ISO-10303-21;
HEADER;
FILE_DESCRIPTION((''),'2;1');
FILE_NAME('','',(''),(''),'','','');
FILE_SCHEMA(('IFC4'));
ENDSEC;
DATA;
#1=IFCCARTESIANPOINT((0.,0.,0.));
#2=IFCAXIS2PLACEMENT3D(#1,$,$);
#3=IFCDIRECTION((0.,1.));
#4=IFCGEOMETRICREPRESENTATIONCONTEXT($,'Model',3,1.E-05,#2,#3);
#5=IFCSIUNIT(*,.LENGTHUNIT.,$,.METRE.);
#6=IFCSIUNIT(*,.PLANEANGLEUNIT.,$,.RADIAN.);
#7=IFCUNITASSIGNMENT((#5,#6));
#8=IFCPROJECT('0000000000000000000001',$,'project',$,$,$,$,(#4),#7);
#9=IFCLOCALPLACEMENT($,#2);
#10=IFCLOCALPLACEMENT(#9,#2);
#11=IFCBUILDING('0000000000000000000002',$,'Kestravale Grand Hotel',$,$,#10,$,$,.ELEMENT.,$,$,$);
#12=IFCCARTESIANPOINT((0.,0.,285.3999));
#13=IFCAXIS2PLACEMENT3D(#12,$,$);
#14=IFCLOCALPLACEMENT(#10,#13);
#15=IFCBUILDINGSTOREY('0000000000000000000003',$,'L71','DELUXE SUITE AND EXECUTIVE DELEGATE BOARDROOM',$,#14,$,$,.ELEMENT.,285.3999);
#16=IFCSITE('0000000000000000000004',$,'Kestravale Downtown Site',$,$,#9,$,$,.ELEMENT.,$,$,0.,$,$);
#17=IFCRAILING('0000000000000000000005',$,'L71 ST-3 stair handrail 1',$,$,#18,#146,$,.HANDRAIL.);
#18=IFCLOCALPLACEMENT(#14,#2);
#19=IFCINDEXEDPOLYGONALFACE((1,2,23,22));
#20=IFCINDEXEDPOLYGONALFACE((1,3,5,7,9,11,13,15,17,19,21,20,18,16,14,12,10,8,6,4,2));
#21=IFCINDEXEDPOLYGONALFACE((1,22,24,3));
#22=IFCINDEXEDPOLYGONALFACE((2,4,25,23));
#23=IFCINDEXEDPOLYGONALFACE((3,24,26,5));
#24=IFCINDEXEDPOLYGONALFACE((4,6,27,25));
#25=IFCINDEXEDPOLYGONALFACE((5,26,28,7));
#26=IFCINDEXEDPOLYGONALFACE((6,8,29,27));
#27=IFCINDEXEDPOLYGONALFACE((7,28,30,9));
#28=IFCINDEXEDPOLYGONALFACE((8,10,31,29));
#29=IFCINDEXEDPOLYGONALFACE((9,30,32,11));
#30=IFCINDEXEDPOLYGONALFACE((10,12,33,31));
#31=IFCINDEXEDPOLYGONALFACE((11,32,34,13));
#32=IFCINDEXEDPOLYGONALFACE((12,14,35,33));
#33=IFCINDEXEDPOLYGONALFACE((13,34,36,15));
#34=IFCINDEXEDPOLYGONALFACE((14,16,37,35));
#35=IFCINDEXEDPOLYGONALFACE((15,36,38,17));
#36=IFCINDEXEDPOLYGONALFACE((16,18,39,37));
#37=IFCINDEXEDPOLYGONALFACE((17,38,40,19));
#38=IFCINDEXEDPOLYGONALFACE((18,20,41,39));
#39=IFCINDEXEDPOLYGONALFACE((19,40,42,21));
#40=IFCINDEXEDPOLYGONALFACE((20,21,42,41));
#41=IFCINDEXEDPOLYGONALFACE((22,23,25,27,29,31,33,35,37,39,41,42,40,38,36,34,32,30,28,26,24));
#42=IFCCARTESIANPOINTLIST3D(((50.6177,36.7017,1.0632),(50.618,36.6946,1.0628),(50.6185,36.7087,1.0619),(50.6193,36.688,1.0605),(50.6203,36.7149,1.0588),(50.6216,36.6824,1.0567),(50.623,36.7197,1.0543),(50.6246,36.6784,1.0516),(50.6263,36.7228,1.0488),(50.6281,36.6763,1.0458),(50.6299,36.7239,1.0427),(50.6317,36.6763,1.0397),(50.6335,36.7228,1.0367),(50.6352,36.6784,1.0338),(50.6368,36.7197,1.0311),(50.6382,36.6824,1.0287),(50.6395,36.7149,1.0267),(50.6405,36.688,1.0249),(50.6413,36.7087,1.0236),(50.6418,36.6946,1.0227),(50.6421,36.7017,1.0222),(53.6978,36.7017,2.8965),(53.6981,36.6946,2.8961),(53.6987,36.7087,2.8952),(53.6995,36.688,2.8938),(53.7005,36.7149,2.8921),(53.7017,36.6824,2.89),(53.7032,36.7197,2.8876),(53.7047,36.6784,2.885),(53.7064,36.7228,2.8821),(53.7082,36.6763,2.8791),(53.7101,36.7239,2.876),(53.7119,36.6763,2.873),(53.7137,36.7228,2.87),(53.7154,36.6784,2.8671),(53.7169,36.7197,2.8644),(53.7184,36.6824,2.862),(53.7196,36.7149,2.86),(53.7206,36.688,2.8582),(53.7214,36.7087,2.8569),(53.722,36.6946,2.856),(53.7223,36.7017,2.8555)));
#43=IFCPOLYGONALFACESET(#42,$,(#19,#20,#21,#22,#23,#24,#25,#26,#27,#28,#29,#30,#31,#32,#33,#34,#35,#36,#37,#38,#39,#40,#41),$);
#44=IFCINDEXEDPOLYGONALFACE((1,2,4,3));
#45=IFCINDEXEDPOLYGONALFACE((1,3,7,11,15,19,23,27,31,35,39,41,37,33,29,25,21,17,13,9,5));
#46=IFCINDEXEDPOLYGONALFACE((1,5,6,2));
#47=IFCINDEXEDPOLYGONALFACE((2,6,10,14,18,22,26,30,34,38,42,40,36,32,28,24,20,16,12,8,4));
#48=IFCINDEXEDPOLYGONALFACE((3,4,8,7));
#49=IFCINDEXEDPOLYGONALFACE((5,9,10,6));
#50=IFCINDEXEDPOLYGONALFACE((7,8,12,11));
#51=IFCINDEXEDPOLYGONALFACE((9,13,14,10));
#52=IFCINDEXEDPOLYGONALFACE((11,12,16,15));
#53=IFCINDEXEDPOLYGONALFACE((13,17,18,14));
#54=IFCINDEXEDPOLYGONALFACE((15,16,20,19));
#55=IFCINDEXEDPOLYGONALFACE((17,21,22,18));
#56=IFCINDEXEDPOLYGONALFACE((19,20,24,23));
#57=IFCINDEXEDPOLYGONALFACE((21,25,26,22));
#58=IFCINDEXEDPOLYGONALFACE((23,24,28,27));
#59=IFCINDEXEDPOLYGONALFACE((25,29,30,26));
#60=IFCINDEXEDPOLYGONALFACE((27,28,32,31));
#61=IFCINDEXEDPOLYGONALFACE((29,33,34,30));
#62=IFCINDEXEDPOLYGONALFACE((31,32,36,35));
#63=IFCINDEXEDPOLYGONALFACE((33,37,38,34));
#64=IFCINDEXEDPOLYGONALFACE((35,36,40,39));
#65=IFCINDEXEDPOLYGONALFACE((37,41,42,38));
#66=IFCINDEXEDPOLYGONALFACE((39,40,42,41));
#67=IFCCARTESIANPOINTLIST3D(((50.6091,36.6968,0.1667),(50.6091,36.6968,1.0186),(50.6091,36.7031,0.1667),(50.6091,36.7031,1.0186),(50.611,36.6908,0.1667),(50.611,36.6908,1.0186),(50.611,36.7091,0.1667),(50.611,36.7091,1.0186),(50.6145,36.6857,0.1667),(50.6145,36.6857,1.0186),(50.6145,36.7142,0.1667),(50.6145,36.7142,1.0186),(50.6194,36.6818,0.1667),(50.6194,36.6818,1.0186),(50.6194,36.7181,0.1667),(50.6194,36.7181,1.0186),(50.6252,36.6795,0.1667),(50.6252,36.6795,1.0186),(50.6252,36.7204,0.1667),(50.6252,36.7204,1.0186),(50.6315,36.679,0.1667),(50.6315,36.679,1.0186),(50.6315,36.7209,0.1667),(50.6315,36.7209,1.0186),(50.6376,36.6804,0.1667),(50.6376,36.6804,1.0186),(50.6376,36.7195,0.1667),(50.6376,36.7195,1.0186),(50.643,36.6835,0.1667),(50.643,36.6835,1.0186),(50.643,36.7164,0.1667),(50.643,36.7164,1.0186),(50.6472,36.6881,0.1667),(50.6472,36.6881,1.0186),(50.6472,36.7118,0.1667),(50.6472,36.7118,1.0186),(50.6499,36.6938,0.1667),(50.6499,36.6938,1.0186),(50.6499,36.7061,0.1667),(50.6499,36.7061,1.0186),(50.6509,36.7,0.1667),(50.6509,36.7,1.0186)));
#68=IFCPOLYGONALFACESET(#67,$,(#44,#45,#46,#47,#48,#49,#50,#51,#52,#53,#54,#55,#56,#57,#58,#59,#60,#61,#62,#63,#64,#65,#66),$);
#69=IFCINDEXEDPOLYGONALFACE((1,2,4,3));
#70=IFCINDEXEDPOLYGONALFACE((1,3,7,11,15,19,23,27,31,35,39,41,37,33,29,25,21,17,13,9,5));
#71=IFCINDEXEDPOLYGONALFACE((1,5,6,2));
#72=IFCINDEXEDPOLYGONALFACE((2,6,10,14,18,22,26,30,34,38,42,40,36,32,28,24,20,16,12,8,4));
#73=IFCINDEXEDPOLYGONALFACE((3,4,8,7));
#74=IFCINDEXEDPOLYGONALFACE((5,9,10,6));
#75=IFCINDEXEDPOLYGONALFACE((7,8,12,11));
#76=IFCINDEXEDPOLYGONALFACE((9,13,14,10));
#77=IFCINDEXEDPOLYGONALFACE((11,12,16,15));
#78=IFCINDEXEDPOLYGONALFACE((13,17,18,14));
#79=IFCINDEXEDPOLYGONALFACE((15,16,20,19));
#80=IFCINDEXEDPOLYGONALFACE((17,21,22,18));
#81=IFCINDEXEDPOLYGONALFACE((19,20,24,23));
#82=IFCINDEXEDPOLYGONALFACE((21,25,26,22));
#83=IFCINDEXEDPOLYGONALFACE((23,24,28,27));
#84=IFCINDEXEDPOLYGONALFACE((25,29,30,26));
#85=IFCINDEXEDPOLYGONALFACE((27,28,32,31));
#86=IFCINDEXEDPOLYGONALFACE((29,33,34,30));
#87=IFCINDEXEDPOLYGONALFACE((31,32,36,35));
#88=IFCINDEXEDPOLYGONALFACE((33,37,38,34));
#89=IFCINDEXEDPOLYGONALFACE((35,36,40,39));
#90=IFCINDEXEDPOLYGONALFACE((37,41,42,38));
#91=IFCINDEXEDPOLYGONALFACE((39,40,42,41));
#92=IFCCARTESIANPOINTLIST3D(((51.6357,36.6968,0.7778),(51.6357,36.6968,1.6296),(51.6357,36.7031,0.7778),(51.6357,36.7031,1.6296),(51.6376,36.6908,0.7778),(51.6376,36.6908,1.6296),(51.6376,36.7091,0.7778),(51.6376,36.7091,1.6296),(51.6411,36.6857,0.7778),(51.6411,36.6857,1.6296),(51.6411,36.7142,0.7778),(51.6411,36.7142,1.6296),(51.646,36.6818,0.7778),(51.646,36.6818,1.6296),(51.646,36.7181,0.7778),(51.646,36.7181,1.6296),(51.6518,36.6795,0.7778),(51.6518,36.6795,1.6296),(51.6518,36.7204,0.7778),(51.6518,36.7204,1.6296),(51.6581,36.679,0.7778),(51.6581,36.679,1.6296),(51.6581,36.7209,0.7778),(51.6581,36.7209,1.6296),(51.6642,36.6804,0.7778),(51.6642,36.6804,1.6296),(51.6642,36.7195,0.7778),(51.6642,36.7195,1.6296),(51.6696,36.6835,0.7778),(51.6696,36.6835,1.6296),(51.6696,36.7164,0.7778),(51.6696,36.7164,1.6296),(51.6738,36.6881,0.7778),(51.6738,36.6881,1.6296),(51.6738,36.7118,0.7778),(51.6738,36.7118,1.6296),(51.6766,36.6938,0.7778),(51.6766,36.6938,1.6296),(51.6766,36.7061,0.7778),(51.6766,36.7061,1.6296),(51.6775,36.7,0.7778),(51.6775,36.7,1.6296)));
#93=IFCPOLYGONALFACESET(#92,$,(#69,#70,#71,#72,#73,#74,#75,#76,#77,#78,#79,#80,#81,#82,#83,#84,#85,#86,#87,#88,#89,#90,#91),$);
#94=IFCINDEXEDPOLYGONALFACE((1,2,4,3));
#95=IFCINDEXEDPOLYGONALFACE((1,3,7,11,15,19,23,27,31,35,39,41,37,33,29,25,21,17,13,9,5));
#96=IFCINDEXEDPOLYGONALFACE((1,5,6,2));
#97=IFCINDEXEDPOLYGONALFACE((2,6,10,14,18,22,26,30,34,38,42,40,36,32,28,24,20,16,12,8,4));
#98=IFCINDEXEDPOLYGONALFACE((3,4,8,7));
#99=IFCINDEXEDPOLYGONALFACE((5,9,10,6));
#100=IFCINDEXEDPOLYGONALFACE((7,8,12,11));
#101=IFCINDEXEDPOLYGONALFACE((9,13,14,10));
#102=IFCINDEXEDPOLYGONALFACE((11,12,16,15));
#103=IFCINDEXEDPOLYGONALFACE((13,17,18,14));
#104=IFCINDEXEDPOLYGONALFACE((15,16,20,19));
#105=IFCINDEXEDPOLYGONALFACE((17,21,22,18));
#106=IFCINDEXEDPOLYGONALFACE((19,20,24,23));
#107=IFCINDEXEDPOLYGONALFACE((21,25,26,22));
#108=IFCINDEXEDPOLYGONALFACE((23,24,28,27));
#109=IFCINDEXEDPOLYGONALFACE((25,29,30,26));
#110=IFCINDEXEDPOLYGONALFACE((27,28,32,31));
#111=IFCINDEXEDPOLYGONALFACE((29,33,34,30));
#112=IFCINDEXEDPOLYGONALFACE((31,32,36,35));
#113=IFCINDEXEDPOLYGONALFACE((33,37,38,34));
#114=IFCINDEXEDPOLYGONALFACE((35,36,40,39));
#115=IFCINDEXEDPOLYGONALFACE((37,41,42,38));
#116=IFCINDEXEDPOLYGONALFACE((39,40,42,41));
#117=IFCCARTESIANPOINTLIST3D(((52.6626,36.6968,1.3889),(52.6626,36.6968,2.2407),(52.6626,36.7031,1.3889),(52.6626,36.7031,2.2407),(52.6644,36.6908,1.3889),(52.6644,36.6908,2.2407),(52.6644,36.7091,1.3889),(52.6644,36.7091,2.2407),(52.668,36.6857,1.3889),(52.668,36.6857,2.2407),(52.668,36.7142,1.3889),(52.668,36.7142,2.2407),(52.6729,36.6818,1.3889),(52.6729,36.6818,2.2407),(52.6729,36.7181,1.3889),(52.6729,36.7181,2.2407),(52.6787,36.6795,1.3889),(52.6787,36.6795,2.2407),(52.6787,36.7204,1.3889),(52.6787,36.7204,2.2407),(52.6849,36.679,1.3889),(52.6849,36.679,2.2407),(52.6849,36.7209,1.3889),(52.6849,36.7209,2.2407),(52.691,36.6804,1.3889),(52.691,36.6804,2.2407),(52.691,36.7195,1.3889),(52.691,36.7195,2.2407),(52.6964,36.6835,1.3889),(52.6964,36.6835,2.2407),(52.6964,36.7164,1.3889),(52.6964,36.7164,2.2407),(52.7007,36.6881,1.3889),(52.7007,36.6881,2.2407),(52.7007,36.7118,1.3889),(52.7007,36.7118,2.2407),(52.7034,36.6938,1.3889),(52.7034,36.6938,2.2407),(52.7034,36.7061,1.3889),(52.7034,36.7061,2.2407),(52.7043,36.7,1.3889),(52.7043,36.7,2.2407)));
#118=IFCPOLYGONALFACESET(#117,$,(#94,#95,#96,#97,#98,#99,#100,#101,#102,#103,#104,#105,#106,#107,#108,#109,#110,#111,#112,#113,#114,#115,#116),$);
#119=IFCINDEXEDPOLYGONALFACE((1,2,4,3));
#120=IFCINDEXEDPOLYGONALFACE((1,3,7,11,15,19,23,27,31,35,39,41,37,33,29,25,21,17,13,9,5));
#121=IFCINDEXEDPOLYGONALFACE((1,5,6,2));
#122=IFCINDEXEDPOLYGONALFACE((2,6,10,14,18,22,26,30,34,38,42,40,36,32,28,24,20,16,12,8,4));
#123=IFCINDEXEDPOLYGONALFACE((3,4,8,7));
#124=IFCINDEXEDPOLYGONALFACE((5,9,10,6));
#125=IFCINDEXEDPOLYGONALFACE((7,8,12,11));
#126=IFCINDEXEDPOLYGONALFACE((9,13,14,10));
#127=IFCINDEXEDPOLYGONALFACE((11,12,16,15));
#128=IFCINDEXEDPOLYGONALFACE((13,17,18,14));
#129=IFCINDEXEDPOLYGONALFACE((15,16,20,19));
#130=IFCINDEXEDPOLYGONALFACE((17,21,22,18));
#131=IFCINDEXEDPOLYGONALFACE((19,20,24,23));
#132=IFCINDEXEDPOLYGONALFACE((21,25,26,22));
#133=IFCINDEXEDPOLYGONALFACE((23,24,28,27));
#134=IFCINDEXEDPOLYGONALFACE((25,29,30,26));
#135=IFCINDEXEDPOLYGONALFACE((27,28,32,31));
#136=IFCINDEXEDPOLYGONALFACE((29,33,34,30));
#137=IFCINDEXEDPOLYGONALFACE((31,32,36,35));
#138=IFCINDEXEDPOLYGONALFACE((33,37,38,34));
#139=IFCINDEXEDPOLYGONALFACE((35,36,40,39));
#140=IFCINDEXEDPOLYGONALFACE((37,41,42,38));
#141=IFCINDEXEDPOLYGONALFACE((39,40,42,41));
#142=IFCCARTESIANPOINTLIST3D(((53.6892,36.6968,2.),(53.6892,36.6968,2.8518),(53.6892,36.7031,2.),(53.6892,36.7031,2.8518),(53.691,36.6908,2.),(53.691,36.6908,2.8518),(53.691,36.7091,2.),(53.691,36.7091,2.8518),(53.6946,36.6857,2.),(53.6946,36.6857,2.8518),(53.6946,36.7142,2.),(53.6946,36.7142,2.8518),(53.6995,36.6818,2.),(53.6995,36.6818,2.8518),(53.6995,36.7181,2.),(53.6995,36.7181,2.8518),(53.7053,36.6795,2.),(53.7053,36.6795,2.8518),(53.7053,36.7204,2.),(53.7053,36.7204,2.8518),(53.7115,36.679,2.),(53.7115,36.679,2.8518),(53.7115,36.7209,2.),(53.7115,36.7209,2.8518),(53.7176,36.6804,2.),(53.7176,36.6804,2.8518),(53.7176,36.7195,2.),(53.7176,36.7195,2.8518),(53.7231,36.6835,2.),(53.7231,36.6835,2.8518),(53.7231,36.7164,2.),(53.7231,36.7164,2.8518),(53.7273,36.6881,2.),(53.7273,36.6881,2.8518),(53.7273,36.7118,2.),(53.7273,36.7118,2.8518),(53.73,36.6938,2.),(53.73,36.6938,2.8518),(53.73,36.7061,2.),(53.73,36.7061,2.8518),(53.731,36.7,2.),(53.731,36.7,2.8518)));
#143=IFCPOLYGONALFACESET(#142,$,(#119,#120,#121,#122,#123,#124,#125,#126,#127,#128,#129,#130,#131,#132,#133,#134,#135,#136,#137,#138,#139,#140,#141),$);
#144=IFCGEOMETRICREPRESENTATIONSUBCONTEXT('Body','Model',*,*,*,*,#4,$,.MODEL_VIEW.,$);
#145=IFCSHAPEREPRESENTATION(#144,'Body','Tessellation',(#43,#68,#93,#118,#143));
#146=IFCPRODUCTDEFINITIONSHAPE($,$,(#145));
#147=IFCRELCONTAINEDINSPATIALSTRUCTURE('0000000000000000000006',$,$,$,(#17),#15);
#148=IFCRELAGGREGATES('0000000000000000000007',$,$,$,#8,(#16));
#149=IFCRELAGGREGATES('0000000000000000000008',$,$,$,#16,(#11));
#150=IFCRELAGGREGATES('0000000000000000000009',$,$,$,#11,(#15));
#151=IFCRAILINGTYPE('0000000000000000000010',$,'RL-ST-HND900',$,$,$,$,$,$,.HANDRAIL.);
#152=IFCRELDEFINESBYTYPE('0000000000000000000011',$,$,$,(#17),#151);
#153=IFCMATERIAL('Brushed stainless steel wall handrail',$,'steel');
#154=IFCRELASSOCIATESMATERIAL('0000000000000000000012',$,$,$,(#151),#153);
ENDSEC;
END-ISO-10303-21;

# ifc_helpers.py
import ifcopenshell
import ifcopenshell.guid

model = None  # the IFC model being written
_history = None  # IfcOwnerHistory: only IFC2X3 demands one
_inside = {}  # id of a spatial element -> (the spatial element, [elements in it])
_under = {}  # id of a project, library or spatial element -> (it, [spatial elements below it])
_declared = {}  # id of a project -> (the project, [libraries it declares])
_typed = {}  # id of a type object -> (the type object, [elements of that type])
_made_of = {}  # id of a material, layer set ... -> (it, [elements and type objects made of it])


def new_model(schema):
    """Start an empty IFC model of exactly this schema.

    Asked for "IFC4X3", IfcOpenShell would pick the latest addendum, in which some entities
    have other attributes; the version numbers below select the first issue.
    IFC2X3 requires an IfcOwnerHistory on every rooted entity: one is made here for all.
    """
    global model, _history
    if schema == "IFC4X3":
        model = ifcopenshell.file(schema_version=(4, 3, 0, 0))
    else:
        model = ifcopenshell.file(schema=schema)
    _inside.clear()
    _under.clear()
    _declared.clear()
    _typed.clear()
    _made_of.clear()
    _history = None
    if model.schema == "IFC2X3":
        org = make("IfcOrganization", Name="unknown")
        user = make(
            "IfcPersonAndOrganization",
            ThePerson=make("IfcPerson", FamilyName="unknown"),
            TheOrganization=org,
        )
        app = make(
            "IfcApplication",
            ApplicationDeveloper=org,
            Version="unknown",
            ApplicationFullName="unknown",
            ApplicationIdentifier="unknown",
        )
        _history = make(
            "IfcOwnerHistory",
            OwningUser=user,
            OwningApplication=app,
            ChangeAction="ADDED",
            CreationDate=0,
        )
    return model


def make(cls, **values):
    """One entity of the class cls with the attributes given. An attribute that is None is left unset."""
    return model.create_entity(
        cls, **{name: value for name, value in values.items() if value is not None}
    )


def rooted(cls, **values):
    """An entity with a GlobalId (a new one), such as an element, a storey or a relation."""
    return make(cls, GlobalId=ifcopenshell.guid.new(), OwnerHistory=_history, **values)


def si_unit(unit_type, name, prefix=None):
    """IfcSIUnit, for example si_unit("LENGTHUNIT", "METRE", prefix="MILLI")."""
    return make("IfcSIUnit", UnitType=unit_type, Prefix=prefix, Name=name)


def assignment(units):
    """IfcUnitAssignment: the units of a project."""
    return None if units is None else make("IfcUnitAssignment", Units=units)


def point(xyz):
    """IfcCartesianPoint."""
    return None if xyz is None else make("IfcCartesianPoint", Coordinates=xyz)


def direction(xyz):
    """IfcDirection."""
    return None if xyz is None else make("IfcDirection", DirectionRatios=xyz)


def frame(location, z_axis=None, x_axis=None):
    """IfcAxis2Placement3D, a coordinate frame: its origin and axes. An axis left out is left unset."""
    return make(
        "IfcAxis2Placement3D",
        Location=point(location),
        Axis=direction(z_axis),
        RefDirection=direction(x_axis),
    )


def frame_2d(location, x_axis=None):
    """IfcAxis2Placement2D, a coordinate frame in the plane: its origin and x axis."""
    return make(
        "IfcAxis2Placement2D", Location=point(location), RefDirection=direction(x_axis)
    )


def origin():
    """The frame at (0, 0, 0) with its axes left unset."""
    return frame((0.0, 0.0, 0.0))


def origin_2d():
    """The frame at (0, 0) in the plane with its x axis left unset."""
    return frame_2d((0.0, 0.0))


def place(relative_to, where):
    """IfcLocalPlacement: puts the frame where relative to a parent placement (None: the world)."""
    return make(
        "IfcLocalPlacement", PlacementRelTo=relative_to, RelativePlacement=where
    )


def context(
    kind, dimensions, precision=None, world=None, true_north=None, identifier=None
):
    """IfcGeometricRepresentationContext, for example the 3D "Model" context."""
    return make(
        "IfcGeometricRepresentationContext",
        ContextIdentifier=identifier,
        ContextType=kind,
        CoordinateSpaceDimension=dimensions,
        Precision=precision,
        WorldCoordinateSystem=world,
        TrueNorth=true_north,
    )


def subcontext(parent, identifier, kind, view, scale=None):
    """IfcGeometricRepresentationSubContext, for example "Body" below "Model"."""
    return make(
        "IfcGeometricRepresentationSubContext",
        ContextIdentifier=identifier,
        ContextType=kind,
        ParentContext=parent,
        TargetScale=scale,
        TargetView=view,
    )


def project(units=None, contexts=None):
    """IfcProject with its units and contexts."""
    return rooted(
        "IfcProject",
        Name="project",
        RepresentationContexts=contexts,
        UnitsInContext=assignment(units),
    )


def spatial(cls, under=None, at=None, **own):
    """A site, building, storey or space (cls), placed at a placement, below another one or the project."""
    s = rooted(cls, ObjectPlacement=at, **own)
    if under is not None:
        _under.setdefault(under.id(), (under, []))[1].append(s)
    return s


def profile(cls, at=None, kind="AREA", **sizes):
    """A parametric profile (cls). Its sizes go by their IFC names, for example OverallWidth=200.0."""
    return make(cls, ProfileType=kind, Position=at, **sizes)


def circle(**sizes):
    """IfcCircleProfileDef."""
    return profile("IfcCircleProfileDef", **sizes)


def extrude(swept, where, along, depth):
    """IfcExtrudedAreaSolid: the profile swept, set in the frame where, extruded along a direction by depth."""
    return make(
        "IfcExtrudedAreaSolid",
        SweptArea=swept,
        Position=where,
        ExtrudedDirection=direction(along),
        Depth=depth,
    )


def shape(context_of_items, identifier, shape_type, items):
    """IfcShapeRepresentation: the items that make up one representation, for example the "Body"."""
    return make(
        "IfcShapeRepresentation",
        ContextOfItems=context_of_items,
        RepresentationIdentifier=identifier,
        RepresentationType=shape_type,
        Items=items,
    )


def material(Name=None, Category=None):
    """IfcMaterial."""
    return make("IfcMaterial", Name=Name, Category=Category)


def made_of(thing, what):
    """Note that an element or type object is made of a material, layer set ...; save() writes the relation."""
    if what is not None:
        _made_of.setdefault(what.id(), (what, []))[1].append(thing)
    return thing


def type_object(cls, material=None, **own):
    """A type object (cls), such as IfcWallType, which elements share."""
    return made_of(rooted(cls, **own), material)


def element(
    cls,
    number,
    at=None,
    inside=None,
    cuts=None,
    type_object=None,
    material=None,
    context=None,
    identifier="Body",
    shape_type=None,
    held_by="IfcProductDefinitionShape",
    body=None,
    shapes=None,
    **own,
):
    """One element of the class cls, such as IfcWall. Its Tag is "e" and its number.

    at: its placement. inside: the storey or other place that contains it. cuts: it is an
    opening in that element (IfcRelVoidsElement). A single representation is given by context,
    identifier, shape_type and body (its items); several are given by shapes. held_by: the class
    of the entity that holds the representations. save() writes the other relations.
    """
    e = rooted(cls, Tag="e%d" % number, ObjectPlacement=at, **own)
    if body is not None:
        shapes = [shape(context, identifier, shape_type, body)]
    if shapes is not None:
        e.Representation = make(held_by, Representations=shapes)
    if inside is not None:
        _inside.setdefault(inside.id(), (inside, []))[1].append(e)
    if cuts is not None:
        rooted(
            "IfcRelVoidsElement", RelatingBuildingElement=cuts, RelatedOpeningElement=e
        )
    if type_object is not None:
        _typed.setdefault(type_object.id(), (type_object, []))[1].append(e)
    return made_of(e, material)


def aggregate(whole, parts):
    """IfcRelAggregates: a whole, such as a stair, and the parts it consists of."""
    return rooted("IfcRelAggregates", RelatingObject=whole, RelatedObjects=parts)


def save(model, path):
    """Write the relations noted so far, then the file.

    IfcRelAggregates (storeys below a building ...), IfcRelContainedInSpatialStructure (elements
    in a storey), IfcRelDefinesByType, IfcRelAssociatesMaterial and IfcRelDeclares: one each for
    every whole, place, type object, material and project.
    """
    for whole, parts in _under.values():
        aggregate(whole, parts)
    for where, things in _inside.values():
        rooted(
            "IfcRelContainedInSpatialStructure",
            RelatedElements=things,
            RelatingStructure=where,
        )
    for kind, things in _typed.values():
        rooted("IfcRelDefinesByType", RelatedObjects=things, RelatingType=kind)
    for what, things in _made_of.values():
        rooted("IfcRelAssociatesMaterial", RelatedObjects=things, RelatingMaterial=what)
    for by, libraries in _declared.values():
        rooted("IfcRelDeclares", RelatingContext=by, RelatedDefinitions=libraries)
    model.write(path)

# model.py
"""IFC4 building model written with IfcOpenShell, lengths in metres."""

from ifc_helpers import new_model, si_unit, direction, frame, origin, origin_2d, place, context, subcontext, project, spatial, circle, extrude, material, type_object, element, save


model = new_model("IFC4")

# Units and contexts
model_context = context("Model", 3, precision=1e-05, world=origin(), true_north=direction((0.0, 1.0)))
body_context = subcontext(model_context, "Body", "Model", "MODEL_VIEW")
ifc_project = project(units=[si_unit("LENGTHUNIT", "METRE"), si_unit("PLANEANGLEUNIT", "RADIAN")], contexts=[model_context])

# Site, building, storey
site_placement = place(None, origin())
site = spatial("IfcSite", under=ifc_project, at=site_placement, Name="Kestravale Downtown Site", CompositionType="ELEMENT", RefElevation=0.0)
building_placement = place(site_placement, origin())
building = spatial("IfcBuilding", under=site, at=building_placement, Name="Kestravale Grand Hotel", CompositionType="ELEMENT")
storey_placement = place(building_placement, frame((0.0, 0.0, 285.3999)))
storey = spatial("IfcBuildingStorey", under=building, at=storey_placement, Name="L71", Description="DELUXE SUITE AND EXECUTIVE DELEGATE BOARDROOM", CompositionType="ELEMENT", Elevation=285.3999)

# Railing
ifc_material_1 = material(Name="Brushed stainless steel wall handrail", Category="steel")
railing_type_1 = type_object("IfcRailingType", Name="RL-ST-HND900", PredefinedType="HANDRAIL", material=ifc_material_1)
railing_1_placement = place(storey_placement, frame((50.6299, 36.7, 0.1667)))
element("IfcRailing", 1, at=railing_1_placement, inside=storey, type_object=railing_type_1, Name="L71 ST-3 stair handrail 1", PredefinedType="HANDRAIL", context=body_context, shape_type="SweptSolid", body=[
    extrude(circle(Radius=0.0239, at=origin_2d()), frame((0.0, 0.0, 0.876), z_axis=(0.859309, 0.0, 0.511458), x_axis=(0.0, 1.0, 0.0)), (0.0, 0.0, 1.0), 3.5845),
    extrude(circle(Radius=0.021, at=origin_2d()), origin(), (0.0, 0.0, 1.0), 0.8518),
    extrude(circle(Radius=0.021, at=origin_2d()), frame((1.0266, 0.0, 0.6111)), (0.0, 0.0, 1.0), 0.8518),
    extrude(circle(Radius=0.021, at=origin_2d()), frame((2.0535, 0.0, 1.2222)), (0.0, 0.0, 1.0), 0.8518),
    extrude(circle(Radius=0.021, at=origin_2d()), frame((3.0801, 0.0, 1.8333)), (0.0, 0.0, 1.0), 0.8518),
])

save(model, "model.ifc")
